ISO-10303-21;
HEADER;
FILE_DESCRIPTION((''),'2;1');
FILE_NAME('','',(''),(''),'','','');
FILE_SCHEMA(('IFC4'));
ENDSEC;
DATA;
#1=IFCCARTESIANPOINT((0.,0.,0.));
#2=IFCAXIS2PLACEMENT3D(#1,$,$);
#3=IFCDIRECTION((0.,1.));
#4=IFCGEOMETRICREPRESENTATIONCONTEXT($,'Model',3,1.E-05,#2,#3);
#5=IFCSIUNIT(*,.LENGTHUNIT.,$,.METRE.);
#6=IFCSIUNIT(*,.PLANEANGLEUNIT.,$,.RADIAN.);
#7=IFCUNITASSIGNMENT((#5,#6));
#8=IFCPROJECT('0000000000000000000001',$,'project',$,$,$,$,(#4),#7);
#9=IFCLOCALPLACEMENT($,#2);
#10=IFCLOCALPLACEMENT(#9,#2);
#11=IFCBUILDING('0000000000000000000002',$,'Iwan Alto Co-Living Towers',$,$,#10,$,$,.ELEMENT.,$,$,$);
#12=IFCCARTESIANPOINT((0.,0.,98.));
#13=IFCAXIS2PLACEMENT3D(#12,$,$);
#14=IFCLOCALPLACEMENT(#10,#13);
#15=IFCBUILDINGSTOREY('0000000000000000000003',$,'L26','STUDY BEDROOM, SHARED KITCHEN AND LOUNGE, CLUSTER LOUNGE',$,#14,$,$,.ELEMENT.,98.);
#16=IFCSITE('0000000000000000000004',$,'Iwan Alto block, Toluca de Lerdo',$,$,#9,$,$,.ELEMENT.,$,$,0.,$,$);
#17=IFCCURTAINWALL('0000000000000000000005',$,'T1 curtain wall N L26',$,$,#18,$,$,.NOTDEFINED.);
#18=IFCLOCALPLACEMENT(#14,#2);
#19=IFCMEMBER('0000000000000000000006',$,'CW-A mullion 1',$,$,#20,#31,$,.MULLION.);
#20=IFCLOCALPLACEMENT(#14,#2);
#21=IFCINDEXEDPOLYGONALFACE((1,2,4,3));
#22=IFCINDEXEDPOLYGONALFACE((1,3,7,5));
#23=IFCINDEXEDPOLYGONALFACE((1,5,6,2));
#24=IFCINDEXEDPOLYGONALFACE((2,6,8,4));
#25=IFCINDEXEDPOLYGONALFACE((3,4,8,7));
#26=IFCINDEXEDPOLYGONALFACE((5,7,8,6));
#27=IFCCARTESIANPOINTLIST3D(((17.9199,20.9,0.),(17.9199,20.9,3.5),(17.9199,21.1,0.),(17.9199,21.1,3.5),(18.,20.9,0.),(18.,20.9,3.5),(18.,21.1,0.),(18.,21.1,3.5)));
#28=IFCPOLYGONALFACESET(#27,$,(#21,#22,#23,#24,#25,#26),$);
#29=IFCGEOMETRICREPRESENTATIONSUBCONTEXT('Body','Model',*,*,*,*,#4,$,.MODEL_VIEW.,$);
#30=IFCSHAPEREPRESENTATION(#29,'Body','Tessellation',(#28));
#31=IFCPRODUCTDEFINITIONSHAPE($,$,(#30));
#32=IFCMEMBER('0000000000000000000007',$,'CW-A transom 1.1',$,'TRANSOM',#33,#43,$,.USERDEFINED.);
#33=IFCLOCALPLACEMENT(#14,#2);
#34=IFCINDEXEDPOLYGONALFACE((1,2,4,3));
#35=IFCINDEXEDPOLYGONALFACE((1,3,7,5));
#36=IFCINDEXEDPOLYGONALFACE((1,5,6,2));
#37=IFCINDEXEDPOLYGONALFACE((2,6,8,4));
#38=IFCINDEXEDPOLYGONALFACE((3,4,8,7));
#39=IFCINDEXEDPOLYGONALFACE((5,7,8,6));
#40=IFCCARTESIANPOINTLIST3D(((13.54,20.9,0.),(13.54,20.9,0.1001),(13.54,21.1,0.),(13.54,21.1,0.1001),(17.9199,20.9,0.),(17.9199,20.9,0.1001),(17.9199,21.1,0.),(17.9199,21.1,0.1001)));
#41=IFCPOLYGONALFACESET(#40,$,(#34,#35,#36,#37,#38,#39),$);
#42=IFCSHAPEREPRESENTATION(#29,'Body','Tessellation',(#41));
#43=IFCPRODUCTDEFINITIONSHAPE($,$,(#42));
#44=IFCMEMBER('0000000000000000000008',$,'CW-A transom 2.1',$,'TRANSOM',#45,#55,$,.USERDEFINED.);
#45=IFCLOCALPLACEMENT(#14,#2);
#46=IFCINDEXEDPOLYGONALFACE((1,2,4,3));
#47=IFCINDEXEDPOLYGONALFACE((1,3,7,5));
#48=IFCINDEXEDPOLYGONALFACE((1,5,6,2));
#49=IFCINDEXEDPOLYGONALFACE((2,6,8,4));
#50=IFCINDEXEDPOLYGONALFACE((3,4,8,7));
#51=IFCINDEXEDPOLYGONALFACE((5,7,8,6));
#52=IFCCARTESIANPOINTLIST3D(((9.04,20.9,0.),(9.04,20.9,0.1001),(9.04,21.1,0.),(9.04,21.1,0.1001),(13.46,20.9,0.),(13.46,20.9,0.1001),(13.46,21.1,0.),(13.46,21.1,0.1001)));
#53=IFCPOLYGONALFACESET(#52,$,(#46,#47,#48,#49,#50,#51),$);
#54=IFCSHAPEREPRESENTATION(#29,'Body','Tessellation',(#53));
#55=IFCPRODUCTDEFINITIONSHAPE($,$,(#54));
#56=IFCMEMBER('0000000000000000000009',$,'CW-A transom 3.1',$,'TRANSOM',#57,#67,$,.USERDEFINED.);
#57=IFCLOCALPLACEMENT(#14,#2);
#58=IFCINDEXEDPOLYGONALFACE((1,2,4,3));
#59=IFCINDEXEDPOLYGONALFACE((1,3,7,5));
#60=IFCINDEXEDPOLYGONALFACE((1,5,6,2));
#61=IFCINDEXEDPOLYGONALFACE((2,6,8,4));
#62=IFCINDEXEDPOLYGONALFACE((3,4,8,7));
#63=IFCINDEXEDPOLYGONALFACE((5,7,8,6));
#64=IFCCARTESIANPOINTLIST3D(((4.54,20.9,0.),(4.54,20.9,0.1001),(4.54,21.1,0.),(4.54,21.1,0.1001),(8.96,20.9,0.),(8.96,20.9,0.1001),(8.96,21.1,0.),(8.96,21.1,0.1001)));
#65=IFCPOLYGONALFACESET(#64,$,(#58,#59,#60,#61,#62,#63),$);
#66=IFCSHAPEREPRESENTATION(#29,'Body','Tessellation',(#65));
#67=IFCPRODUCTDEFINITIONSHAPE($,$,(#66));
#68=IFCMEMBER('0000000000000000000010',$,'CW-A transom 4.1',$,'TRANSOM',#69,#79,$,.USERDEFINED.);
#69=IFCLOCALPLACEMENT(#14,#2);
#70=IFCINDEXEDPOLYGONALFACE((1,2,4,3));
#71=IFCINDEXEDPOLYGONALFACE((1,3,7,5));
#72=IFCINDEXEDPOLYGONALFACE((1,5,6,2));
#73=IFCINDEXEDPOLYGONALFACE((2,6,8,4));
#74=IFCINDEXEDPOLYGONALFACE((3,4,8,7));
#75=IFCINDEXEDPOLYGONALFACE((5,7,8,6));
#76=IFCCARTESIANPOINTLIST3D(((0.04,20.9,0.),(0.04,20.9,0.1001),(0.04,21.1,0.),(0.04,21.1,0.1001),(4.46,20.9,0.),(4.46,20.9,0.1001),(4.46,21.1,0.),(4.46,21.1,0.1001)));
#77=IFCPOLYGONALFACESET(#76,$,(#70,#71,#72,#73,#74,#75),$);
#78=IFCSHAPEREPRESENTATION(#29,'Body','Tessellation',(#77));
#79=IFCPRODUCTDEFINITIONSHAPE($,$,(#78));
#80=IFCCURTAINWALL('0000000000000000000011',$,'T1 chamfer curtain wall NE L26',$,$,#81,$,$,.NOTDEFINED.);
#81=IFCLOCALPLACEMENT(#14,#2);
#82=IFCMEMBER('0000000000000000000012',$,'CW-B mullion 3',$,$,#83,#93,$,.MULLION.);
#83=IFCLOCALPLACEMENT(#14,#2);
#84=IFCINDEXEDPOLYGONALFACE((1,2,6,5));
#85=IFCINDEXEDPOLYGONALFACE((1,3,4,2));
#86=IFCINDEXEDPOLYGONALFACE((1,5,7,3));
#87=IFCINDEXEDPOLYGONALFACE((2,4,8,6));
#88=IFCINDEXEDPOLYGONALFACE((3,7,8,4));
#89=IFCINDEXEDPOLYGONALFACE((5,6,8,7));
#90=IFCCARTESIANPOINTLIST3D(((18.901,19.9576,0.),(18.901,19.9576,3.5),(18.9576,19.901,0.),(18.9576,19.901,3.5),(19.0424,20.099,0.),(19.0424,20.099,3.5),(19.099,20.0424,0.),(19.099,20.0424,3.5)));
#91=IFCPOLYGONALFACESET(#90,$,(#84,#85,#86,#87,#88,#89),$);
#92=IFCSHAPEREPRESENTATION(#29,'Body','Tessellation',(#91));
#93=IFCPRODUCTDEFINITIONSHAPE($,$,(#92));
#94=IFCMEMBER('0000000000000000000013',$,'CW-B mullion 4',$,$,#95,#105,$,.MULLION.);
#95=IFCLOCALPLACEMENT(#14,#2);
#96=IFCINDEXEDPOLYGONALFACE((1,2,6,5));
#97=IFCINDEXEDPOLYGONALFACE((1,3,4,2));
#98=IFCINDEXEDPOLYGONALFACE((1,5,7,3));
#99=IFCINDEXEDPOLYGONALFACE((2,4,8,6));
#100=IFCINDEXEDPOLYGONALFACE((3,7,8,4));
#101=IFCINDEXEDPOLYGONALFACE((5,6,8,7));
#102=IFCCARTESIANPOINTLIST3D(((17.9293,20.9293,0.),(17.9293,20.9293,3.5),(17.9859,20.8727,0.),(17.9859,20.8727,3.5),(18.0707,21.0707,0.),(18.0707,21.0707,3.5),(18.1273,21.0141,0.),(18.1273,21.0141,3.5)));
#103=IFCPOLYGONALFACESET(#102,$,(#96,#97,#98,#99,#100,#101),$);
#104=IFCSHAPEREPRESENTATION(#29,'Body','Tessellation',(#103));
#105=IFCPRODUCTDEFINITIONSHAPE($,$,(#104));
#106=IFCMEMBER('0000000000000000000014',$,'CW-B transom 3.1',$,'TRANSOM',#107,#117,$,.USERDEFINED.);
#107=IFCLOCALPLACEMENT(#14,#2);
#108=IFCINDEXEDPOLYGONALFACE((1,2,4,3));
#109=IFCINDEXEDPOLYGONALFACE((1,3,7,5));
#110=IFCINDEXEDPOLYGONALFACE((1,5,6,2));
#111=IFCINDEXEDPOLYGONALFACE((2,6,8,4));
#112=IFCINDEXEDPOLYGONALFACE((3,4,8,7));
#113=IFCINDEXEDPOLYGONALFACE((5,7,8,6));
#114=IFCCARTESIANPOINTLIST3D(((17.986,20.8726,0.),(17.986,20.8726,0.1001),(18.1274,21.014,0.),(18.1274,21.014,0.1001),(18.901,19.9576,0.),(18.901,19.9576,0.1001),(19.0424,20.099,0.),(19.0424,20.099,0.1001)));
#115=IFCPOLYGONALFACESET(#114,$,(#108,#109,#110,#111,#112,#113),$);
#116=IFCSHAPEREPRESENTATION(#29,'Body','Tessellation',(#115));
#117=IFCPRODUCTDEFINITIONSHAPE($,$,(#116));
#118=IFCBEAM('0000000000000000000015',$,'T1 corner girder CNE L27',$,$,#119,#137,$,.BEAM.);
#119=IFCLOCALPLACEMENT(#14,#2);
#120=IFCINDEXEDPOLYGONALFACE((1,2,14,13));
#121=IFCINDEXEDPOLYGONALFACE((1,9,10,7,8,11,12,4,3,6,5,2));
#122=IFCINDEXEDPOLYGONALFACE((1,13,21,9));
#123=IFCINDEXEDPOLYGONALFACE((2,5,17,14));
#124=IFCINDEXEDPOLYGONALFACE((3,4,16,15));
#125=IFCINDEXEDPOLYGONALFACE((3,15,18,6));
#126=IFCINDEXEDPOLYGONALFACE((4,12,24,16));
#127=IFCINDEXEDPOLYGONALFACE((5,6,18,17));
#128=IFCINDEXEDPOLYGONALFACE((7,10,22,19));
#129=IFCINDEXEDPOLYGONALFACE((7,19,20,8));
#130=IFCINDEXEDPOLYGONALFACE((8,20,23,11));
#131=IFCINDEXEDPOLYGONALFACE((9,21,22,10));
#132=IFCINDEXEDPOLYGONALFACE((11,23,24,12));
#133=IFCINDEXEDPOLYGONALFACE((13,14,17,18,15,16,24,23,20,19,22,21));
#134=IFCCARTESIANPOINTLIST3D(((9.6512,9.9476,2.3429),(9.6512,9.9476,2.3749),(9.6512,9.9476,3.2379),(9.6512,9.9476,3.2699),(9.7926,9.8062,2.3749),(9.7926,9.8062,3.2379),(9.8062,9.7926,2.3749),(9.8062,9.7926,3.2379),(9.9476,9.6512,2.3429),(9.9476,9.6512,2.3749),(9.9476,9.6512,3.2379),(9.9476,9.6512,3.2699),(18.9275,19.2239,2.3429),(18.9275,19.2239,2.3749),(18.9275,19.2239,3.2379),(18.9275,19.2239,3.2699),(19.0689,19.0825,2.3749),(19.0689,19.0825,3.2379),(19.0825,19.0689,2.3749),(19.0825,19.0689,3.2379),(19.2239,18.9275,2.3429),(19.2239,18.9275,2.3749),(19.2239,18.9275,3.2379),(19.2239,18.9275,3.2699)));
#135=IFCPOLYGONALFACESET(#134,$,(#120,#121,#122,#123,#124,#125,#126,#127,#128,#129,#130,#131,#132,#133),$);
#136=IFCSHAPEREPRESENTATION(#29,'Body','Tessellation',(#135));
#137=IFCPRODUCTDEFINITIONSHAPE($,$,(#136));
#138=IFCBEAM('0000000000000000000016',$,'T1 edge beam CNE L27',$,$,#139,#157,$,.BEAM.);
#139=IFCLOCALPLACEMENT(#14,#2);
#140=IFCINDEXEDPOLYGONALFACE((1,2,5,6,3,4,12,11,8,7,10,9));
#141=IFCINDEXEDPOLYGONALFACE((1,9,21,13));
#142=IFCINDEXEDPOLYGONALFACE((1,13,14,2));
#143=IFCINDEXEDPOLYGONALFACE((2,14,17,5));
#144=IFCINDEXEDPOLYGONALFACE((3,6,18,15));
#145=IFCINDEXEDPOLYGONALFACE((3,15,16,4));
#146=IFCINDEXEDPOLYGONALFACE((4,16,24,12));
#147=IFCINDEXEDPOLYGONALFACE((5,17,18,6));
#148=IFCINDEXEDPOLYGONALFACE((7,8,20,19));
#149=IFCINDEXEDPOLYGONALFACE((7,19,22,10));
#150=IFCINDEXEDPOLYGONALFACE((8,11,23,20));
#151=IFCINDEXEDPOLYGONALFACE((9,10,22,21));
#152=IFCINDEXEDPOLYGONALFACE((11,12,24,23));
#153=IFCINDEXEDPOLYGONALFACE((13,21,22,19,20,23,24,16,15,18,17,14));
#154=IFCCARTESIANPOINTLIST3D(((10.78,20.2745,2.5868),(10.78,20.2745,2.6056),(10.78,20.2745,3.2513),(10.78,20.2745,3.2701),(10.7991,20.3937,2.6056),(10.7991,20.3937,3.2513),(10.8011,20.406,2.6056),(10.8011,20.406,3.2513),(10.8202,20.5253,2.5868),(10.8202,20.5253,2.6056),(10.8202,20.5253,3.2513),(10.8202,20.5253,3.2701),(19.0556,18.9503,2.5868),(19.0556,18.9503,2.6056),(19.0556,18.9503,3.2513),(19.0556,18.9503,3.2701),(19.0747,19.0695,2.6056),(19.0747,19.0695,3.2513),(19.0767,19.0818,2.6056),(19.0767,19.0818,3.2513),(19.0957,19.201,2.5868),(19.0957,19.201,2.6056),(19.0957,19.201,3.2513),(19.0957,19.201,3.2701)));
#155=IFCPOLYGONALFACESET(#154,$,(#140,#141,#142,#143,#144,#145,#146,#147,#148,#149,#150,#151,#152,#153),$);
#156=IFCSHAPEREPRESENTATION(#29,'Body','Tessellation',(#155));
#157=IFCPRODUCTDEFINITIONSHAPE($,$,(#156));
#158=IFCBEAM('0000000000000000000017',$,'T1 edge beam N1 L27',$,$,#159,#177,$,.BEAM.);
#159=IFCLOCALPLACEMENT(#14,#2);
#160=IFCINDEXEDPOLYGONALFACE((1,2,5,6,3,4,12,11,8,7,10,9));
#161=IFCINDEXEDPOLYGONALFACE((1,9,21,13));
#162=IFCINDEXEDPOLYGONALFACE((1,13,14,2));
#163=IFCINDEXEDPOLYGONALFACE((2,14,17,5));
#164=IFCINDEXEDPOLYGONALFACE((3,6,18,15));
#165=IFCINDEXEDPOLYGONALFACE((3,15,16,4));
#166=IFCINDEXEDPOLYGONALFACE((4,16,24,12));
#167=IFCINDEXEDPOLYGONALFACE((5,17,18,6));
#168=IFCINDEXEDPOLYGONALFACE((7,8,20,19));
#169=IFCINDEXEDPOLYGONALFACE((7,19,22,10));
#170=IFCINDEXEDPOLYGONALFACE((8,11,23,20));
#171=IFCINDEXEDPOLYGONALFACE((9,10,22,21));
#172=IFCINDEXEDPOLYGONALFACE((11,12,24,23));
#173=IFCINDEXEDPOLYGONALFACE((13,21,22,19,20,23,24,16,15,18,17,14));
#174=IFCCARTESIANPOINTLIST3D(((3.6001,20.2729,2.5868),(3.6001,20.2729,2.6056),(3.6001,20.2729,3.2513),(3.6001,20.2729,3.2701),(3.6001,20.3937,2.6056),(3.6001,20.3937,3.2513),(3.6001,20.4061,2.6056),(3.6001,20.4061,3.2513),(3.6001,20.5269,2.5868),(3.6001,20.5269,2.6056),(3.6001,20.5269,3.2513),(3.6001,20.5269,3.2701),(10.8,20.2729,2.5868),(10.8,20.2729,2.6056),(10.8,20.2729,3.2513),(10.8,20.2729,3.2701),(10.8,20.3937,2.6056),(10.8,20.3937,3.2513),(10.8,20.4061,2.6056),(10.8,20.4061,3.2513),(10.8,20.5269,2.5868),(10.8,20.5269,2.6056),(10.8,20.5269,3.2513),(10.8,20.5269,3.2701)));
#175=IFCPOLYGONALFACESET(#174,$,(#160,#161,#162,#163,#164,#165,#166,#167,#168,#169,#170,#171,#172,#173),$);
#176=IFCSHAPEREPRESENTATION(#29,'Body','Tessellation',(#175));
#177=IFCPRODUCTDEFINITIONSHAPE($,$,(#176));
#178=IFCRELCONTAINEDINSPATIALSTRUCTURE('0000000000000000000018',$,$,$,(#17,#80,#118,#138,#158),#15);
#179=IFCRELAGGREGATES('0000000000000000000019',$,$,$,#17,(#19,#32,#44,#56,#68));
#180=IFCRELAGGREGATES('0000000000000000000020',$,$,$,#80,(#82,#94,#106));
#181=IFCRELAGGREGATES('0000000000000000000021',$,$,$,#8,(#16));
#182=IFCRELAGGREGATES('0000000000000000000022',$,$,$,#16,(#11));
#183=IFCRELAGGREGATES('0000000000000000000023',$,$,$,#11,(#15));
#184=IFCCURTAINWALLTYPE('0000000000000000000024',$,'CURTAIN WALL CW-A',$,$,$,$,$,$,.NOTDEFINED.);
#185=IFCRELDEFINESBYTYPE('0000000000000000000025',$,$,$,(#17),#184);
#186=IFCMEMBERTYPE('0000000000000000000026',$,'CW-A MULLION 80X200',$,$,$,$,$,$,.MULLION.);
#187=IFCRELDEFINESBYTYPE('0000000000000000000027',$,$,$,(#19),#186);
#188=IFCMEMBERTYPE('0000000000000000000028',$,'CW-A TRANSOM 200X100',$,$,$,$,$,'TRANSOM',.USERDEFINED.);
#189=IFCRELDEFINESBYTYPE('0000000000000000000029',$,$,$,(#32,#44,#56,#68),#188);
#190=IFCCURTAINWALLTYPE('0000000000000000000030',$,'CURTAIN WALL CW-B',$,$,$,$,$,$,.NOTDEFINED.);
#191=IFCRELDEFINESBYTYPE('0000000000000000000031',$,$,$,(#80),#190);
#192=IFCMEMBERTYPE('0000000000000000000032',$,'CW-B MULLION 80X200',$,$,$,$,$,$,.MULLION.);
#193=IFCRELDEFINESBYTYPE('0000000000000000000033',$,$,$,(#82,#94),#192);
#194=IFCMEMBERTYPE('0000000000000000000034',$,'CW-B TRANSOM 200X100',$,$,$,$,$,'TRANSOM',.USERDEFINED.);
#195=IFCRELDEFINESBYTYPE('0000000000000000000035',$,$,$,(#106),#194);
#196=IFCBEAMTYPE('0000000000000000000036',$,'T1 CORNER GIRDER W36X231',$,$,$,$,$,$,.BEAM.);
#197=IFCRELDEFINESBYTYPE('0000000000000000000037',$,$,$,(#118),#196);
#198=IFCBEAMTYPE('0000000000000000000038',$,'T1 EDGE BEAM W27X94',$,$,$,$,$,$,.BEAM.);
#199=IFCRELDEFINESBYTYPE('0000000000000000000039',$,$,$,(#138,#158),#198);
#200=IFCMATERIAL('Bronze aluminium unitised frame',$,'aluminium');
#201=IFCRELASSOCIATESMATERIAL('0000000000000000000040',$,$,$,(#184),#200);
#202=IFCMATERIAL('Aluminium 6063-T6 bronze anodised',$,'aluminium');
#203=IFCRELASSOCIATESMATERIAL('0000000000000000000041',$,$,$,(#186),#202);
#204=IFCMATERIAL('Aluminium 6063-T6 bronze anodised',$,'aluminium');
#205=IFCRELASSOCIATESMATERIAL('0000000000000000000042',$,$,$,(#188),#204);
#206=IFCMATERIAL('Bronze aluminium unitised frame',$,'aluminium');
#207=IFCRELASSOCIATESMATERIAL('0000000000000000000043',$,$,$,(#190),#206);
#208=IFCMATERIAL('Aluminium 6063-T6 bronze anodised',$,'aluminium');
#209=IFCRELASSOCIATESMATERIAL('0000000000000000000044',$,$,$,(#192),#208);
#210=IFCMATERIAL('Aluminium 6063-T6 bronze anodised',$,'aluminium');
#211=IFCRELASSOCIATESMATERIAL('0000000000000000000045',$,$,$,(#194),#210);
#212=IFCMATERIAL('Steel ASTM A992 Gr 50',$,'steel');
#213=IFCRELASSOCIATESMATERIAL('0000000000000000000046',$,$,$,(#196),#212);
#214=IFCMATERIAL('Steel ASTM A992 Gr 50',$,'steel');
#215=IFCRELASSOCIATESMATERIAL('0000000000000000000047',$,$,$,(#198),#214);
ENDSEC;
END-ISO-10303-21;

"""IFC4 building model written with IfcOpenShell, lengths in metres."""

from ifc_helpers import new_model, si_unit, direction, frame, origin, origin_2d, place, context, subcontext, project, spatial, rectangle, i_section, extrude, material, material_profile, profile_set, type_object, element, aggregate, save


model = new_model("IFC4")

# Units and contexts
model_context = context("Model", 3, precision=1e-05, world=origin(), true_north=direction((0.0, 1.0)))
body_context = subcontext(model_context, "Body", "Model", "MODEL_VIEW")
ifc_project = project(units=[si_unit("LENGTHUNIT", "METRE"), si_unit("PLANEANGLEUNIT", "RADIAN")], contexts=[model_context])

# Site, building, storey
site_placement = place(None, origin())
site = spatial("IfcSite", under=ifc_project, at=site_placement, Name="Iwan Alto block, Toluca de Lerdo", CompositionType="ELEMENT", RefElevation=0.0)
building_placement = place(site_placement, origin())
building = spatial("IfcBuilding", under=site, at=building_placement, Name="Iwan Alto Co-Living Towers", CompositionType="ELEMENT")
storey_placement = place(building_placement, frame((0.0, 0.0, 98.0)))
storey = spatial("IfcBuildingStorey", under=building, at=storey_placement, Name="L26", Description="STUDY BEDROOM, SHARED KITCHEN AND LOUNGE, CLUSTER LOUNGE", CompositionType="ELEMENT", Elevation=98.0)

# Curtain walls, members
ifc_material_1 = material(Name="Bronze aluminium unitised frame", Category="aluminium")
curtain_wall_type_1 = type_object("IfcCurtainWallType", Name="CURTAIN WALL CW-A", PredefinedType="NOTDEFINED", material=ifc_material_1)
curtain_wall_1_placement = place(storey_placement, origin())
curtain_wall_1 = element("IfcCurtainWall", 1, at=curtain_wall_1_placement, inside=storey, type_object=curtain_wall_type_1, Name="T1 curtain wall N L26", PredefinedType="NOTDEFINED")
ifc_material_2 = material(Name="Aluminium 6063-T6 bronze anodised", Category="aluminium")
ifc_material_profile_1 = material_profile(ifc_material_2, rectangle(XDim=0.2, YDim=0.0801, at=origin_2d()), Name="AL 80X200")
ifc_profile_set_1 = profile_set([ifc_material_profile_1], Name="Aluminium 6063-T6 bronze anodised")
member_type_1 = type_object("IfcMemberType", Name="CW-A MULLION 80X200", PredefinedType="MULLION", material=ifc_profile_set_1)
member_1_placement = place(storey_placement, frame((17.96, 21.0, 0.0), z_axis=(0.0, 0.0, 1.0), x_axis=(0.0, -1.0, 0.0)))
member_1 = element("IfcMember", 2, at=member_1_placement, type_object=member_type_1, Name="CW-A mullion 1", PredefinedType="MULLION", context=body_context, shape_type="SweptSolid", body=[
    extrude(rectangle(XDim=0.2, YDim=0.0801, at=origin_2d()), origin(), (0.0, 0.0, 1.0), 3.5),
])
ifc_material_3 = material(Name="Aluminium 6063-T6 bronze anodised", Category="aluminium")
ifc_material_profile_2 = material_profile(ifc_material_3, rectangle(XDim=0.2, YDim=0.1001, at=origin_2d()), Name="AL 200X100")
ifc_profile_set_2 = profile_set([ifc_material_profile_2], Name="Aluminium 6063-T6 bronze anodised")
member_type_2 = type_object("IfcMemberType", Name="CW-A TRANSOM 200X100", ElementType="TRANSOM", PredefinedType="USERDEFINED", material=ifc_profile_set_2)
member_2_placement = place(storey_placement, frame((17.9199, 21.0, 0.05), z_axis=(-1.0, 0.0, 0.0), x_axis=(0.0, -1.0, 0.0)))
member_2 = element("IfcMember", 3, at=member_2_placement, type_object=member_type_2, Name="CW-A transom 1.1", ObjectType="TRANSOM", PredefinedType="USERDEFINED", context=body_context, shape_type="SweptSolid", body=[
    extrude(rectangle(XDim=0.2, YDim=0.1001, at=origin_2d()), origin(), (0.0, 0.0, 1.0), 4.3799),
])
member_3_placement = place(storey_placement, frame((13.46, 21.0, 0.05), z_axis=(-1.0, 0.0, 0.0), x_axis=(0.0, -1.0, 0.0)))
member_3 = element("IfcMember", 4, at=member_3_placement, type_object=member_type_2, Name="CW-A transom 2.1", ObjectType="TRANSOM", PredefinedType="USERDEFINED", context=body_context, shape_type="SweptSolid", body=[
    extrude(rectangle(XDim=0.2, YDim=0.1001, at=origin_2d()), origin(), (0.0, 0.0, 1.0), 4.4199),
])
member_4_placement = place(storey_placement, frame((8.96, 21.0, 0.05), z_axis=(-1.0, 0.0, 0.0), x_axis=(0.0, -1.0, 0.0)))
member_4 = element("IfcMember", 5, at=member_4_placement, type_object=member_type_2, Name="CW-A transom 3.1", ObjectType="TRANSOM", PredefinedType="USERDEFINED", context=body_context, shape_type="SweptSolid", body=[
    extrude(rectangle(XDim=0.2, YDim=0.1001, at=origin_2d()), origin(), (0.0, 0.0, 1.0), 4.4199),
])
member_5_placement = place(storey_placement, frame((4.46, 21.0, 0.05), z_axis=(-1.0, 0.0, 0.0), x_axis=(0.0, -1.0, 0.0)))
member_5 = element("IfcMember", 6, at=member_5_placement, type_object=member_type_2, Name="CW-A transom 4.1", ObjectType="TRANSOM", PredefinedType="USERDEFINED", context=body_context, shape_type="SweptSolid", body=[
    extrude(rectangle(XDim=0.2, YDim=0.1001, at=origin_2d()), origin(), (0.0, 0.0, 1.0), 4.4199),
])
ifc_material_4 = material(Name="Bronze aluminium unitised frame", Category="aluminium")
curtain_wall_type_2 = type_object("IfcCurtainWallType", Name="CURTAIN WALL CW-B", PredefinedType="NOTDEFINED", material=ifc_material_4)
curtain_wall_2_placement = place(storey_placement, origin())
curtain_wall_2 = element("IfcCurtainWall", 7, at=curtain_wall_2_placement, inside=storey, type_object=curtain_wall_type_2, Name="T1 chamfer curtain wall NE L26", PredefinedType="NOTDEFINED")
ifc_material_5 = material(Name="Aluminium 6063-T6 bronze anodised", Category="aluminium")
ifc_material_profile_3 = material_profile(ifc_material_5, rectangle(XDim=0.2, YDim=0.0801, at=origin_2d()), Name="AL 80X200")
ifc_profile_set_3 = profile_set([ifc_material_profile_3], Name="Aluminium 6063-T6 bronze anodised")
member_type_3 = type_object("IfcMemberType", Name="CW-B MULLION 80X200", PredefinedType="MULLION", material=ifc_profile_set_3)
member_6_placement = place(storey_placement, frame((19.0, 20.0, 0.0), z_axis=(0.0, 0.0, 1.0), x_axis=(-0.707107, -0.707107, 0.0)))
member_6 = element("IfcMember", 8, at=member_6_placement, type_object=member_type_3, Name="CW-B mullion 3", PredefinedType="MULLION", context=body_context, shape_type="SweptSolid", body=[
    extrude(rectangle(XDim=0.2, YDim=0.0801, at=origin_2d()), origin(), (0.0, 0.0, 1.0), 3.5),
])
member_7_placement = place(storey_placement, frame((18.0283, 20.9717, 0.0), z_axis=(0.0, 0.0, 1.0), x_axis=(-0.707107, -0.707107, 0.0)))
member_7 = element("IfcMember", 9, at=member_7_placement, type_object=member_type_3, Name="CW-B mullion 4", PredefinedType="MULLION", context=body_context, shape_type="SweptSolid", body=[
    extrude(rectangle(XDim=0.2, YDim=0.0801, at=origin_2d()), origin(), (0.0, 0.0, 1.0), 3.5),
])
ifc_material_6 = material(Name="Aluminium 6063-T6 bronze anodised", Category="aluminium")
ifc_material_profile_4 = material_profile(ifc_material_6, rectangle(XDim=0.2, YDim=0.1001, at=origin_2d()), Name="AL 200X100")
ifc_profile_set_4 = profile_set([ifc_material_profile_4], Name="Aluminium 6063-T6 bronze anodised")
member_type_4 = type_object("IfcMemberType", Name="CW-B TRANSOM 200X100", ElementType="TRANSOM", PredefinedType="USERDEFINED", material=ifc_profile_set_4)
member_8_placement = place(storey_placement, frame((18.9717, 20.0283, 0.05), z_axis=(-0.707107, 0.707107, 0.0), x_axis=(-0.707107, -0.707107, 0.0)))
member_8 = element("IfcMember", 10, at=member_8_placement, type_object=member_type_4, Name="CW-B transom 3.1", ObjectType="TRANSOM", PredefinedType="USERDEFINED", context=body_context, shape_type="SweptSolid", body=[
    extrude(rectangle(XDim=0.2, YDim=0.1001, at=origin_2d()), origin(), (0.0, 0.0, 1.0), 1.2939),
])

# Beams
ifc_material_7 = material(Name="Steel ASTM A992 Gr 50", Category="steel")
ifc_material_profile_5 = material_profile(ifc_material_7, i_section(OverallWidth=0.4192, OverallDepth=0.927, WebThickness=0.0193, FlangeThickness=0.032, at=origin_2d()), Name="W36X231")
ifc_profile_set_5 = profile_set([ifc_material_profile_5], Name="Steel ASTM A992 Gr 50")
beam_type_1 = type_object("IfcBeamType", Name="T1 CORNER GIRDER W36X231", PredefinedType="BEAM", material=ifc_profile_set_5)
beam_1_placement = place(storey_placement, frame((19.0757, 19.0757, 2.8064), z_axis=(-0.707107, -0.707107, 0.0), x_axis=(0.707107, -0.707107, 0.0)))
element("IfcBeam", 11, at=beam_1_placement, inside=storey, type_object=beam_type_1, Name="T1 corner girder CNE L27", PredefinedType="BEAM", context=body_context, shape_type="SweptSolid", body=[
    extrude(i_section(OverallWidth=0.4192, OverallDepth=0.927, WebThickness=0.0193, FlangeThickness=0.032, at=origin_2d()), origin(), (0.0, 0.0, 1.0), 13.1187),
])
ifc_material_8 = material(Name="Steel ASTM A992 Gr 50", Category="steel")
ifc_material_profile_6 = material_profile(ifc_material_8, i_section(OverallWidth=0.2539, OverallDepth=0.6833, WebThickness=0.0125, FlangeThickness=0.0188, at=origin_2d()), Name="W27X94")
ifc_profile_set_6 = profile_set([ifc_material_profile_6], Name="Steel ASTM A992 Gr 50")
beam_type_2 = type_object("IfcBeamType", Name="T1 EDGE BEAM W27X94", PredefinedType="BEAM", material=ifc_profile_set_6)
beam_2_placement = place(storey_placement, frame((19.0757, 19.0757, 2.9285), z_axis=(-0.987438, 0.158004, 0.0), x_axis=(-0.158004, -0.987438, 0.0)))
element("IfcBeam", 12, at=beam_2_placement, inside=storey, type_object=beam_type_2, Name="T1 edge beam CNE L27", PredefinedType="BEAM", context=body_context, shape_type="SweptSolid", body=[
    extrude(i_section(OverallWidth=0.2539, OverallDepth=0.6833, WebThickness=0.0125, FlangeThickness=0.0188, at=origin_2d()), origin(), (0.0, 0.0, 1.0), 8.3809),
])
beam_3_placement = place(storey_placement, frame((10.8, 20.3999, 2.9285), z_axis=(-1.0, 0.0, 0.0), x_axis=(0.0, -1.0, 0.0)))
element("IfcBeam", 13, at=beam_3_placement, inside=storey, type_object=beam_type_2, Name="T1 edge beam N1 L27", PredefinedType="BEAM", context=body_context, shape_type="SweptSolid", body=[
    extrude(i_section(OverallWidth=0.2539, OverallDepth=0.6833, WebThickness=0.0125, FlangeThickness=0.0188, at=origin_2d()), origin(), (0.0, 0.0, 1.0), 7.2),
])

aggregate(curtain_wall_1, [member_1, member_2, member_3, member_4, member_5])
aggregate(curtain_wall_2, [member_6, member_7, member_8])

save(model, "model.ifc")
